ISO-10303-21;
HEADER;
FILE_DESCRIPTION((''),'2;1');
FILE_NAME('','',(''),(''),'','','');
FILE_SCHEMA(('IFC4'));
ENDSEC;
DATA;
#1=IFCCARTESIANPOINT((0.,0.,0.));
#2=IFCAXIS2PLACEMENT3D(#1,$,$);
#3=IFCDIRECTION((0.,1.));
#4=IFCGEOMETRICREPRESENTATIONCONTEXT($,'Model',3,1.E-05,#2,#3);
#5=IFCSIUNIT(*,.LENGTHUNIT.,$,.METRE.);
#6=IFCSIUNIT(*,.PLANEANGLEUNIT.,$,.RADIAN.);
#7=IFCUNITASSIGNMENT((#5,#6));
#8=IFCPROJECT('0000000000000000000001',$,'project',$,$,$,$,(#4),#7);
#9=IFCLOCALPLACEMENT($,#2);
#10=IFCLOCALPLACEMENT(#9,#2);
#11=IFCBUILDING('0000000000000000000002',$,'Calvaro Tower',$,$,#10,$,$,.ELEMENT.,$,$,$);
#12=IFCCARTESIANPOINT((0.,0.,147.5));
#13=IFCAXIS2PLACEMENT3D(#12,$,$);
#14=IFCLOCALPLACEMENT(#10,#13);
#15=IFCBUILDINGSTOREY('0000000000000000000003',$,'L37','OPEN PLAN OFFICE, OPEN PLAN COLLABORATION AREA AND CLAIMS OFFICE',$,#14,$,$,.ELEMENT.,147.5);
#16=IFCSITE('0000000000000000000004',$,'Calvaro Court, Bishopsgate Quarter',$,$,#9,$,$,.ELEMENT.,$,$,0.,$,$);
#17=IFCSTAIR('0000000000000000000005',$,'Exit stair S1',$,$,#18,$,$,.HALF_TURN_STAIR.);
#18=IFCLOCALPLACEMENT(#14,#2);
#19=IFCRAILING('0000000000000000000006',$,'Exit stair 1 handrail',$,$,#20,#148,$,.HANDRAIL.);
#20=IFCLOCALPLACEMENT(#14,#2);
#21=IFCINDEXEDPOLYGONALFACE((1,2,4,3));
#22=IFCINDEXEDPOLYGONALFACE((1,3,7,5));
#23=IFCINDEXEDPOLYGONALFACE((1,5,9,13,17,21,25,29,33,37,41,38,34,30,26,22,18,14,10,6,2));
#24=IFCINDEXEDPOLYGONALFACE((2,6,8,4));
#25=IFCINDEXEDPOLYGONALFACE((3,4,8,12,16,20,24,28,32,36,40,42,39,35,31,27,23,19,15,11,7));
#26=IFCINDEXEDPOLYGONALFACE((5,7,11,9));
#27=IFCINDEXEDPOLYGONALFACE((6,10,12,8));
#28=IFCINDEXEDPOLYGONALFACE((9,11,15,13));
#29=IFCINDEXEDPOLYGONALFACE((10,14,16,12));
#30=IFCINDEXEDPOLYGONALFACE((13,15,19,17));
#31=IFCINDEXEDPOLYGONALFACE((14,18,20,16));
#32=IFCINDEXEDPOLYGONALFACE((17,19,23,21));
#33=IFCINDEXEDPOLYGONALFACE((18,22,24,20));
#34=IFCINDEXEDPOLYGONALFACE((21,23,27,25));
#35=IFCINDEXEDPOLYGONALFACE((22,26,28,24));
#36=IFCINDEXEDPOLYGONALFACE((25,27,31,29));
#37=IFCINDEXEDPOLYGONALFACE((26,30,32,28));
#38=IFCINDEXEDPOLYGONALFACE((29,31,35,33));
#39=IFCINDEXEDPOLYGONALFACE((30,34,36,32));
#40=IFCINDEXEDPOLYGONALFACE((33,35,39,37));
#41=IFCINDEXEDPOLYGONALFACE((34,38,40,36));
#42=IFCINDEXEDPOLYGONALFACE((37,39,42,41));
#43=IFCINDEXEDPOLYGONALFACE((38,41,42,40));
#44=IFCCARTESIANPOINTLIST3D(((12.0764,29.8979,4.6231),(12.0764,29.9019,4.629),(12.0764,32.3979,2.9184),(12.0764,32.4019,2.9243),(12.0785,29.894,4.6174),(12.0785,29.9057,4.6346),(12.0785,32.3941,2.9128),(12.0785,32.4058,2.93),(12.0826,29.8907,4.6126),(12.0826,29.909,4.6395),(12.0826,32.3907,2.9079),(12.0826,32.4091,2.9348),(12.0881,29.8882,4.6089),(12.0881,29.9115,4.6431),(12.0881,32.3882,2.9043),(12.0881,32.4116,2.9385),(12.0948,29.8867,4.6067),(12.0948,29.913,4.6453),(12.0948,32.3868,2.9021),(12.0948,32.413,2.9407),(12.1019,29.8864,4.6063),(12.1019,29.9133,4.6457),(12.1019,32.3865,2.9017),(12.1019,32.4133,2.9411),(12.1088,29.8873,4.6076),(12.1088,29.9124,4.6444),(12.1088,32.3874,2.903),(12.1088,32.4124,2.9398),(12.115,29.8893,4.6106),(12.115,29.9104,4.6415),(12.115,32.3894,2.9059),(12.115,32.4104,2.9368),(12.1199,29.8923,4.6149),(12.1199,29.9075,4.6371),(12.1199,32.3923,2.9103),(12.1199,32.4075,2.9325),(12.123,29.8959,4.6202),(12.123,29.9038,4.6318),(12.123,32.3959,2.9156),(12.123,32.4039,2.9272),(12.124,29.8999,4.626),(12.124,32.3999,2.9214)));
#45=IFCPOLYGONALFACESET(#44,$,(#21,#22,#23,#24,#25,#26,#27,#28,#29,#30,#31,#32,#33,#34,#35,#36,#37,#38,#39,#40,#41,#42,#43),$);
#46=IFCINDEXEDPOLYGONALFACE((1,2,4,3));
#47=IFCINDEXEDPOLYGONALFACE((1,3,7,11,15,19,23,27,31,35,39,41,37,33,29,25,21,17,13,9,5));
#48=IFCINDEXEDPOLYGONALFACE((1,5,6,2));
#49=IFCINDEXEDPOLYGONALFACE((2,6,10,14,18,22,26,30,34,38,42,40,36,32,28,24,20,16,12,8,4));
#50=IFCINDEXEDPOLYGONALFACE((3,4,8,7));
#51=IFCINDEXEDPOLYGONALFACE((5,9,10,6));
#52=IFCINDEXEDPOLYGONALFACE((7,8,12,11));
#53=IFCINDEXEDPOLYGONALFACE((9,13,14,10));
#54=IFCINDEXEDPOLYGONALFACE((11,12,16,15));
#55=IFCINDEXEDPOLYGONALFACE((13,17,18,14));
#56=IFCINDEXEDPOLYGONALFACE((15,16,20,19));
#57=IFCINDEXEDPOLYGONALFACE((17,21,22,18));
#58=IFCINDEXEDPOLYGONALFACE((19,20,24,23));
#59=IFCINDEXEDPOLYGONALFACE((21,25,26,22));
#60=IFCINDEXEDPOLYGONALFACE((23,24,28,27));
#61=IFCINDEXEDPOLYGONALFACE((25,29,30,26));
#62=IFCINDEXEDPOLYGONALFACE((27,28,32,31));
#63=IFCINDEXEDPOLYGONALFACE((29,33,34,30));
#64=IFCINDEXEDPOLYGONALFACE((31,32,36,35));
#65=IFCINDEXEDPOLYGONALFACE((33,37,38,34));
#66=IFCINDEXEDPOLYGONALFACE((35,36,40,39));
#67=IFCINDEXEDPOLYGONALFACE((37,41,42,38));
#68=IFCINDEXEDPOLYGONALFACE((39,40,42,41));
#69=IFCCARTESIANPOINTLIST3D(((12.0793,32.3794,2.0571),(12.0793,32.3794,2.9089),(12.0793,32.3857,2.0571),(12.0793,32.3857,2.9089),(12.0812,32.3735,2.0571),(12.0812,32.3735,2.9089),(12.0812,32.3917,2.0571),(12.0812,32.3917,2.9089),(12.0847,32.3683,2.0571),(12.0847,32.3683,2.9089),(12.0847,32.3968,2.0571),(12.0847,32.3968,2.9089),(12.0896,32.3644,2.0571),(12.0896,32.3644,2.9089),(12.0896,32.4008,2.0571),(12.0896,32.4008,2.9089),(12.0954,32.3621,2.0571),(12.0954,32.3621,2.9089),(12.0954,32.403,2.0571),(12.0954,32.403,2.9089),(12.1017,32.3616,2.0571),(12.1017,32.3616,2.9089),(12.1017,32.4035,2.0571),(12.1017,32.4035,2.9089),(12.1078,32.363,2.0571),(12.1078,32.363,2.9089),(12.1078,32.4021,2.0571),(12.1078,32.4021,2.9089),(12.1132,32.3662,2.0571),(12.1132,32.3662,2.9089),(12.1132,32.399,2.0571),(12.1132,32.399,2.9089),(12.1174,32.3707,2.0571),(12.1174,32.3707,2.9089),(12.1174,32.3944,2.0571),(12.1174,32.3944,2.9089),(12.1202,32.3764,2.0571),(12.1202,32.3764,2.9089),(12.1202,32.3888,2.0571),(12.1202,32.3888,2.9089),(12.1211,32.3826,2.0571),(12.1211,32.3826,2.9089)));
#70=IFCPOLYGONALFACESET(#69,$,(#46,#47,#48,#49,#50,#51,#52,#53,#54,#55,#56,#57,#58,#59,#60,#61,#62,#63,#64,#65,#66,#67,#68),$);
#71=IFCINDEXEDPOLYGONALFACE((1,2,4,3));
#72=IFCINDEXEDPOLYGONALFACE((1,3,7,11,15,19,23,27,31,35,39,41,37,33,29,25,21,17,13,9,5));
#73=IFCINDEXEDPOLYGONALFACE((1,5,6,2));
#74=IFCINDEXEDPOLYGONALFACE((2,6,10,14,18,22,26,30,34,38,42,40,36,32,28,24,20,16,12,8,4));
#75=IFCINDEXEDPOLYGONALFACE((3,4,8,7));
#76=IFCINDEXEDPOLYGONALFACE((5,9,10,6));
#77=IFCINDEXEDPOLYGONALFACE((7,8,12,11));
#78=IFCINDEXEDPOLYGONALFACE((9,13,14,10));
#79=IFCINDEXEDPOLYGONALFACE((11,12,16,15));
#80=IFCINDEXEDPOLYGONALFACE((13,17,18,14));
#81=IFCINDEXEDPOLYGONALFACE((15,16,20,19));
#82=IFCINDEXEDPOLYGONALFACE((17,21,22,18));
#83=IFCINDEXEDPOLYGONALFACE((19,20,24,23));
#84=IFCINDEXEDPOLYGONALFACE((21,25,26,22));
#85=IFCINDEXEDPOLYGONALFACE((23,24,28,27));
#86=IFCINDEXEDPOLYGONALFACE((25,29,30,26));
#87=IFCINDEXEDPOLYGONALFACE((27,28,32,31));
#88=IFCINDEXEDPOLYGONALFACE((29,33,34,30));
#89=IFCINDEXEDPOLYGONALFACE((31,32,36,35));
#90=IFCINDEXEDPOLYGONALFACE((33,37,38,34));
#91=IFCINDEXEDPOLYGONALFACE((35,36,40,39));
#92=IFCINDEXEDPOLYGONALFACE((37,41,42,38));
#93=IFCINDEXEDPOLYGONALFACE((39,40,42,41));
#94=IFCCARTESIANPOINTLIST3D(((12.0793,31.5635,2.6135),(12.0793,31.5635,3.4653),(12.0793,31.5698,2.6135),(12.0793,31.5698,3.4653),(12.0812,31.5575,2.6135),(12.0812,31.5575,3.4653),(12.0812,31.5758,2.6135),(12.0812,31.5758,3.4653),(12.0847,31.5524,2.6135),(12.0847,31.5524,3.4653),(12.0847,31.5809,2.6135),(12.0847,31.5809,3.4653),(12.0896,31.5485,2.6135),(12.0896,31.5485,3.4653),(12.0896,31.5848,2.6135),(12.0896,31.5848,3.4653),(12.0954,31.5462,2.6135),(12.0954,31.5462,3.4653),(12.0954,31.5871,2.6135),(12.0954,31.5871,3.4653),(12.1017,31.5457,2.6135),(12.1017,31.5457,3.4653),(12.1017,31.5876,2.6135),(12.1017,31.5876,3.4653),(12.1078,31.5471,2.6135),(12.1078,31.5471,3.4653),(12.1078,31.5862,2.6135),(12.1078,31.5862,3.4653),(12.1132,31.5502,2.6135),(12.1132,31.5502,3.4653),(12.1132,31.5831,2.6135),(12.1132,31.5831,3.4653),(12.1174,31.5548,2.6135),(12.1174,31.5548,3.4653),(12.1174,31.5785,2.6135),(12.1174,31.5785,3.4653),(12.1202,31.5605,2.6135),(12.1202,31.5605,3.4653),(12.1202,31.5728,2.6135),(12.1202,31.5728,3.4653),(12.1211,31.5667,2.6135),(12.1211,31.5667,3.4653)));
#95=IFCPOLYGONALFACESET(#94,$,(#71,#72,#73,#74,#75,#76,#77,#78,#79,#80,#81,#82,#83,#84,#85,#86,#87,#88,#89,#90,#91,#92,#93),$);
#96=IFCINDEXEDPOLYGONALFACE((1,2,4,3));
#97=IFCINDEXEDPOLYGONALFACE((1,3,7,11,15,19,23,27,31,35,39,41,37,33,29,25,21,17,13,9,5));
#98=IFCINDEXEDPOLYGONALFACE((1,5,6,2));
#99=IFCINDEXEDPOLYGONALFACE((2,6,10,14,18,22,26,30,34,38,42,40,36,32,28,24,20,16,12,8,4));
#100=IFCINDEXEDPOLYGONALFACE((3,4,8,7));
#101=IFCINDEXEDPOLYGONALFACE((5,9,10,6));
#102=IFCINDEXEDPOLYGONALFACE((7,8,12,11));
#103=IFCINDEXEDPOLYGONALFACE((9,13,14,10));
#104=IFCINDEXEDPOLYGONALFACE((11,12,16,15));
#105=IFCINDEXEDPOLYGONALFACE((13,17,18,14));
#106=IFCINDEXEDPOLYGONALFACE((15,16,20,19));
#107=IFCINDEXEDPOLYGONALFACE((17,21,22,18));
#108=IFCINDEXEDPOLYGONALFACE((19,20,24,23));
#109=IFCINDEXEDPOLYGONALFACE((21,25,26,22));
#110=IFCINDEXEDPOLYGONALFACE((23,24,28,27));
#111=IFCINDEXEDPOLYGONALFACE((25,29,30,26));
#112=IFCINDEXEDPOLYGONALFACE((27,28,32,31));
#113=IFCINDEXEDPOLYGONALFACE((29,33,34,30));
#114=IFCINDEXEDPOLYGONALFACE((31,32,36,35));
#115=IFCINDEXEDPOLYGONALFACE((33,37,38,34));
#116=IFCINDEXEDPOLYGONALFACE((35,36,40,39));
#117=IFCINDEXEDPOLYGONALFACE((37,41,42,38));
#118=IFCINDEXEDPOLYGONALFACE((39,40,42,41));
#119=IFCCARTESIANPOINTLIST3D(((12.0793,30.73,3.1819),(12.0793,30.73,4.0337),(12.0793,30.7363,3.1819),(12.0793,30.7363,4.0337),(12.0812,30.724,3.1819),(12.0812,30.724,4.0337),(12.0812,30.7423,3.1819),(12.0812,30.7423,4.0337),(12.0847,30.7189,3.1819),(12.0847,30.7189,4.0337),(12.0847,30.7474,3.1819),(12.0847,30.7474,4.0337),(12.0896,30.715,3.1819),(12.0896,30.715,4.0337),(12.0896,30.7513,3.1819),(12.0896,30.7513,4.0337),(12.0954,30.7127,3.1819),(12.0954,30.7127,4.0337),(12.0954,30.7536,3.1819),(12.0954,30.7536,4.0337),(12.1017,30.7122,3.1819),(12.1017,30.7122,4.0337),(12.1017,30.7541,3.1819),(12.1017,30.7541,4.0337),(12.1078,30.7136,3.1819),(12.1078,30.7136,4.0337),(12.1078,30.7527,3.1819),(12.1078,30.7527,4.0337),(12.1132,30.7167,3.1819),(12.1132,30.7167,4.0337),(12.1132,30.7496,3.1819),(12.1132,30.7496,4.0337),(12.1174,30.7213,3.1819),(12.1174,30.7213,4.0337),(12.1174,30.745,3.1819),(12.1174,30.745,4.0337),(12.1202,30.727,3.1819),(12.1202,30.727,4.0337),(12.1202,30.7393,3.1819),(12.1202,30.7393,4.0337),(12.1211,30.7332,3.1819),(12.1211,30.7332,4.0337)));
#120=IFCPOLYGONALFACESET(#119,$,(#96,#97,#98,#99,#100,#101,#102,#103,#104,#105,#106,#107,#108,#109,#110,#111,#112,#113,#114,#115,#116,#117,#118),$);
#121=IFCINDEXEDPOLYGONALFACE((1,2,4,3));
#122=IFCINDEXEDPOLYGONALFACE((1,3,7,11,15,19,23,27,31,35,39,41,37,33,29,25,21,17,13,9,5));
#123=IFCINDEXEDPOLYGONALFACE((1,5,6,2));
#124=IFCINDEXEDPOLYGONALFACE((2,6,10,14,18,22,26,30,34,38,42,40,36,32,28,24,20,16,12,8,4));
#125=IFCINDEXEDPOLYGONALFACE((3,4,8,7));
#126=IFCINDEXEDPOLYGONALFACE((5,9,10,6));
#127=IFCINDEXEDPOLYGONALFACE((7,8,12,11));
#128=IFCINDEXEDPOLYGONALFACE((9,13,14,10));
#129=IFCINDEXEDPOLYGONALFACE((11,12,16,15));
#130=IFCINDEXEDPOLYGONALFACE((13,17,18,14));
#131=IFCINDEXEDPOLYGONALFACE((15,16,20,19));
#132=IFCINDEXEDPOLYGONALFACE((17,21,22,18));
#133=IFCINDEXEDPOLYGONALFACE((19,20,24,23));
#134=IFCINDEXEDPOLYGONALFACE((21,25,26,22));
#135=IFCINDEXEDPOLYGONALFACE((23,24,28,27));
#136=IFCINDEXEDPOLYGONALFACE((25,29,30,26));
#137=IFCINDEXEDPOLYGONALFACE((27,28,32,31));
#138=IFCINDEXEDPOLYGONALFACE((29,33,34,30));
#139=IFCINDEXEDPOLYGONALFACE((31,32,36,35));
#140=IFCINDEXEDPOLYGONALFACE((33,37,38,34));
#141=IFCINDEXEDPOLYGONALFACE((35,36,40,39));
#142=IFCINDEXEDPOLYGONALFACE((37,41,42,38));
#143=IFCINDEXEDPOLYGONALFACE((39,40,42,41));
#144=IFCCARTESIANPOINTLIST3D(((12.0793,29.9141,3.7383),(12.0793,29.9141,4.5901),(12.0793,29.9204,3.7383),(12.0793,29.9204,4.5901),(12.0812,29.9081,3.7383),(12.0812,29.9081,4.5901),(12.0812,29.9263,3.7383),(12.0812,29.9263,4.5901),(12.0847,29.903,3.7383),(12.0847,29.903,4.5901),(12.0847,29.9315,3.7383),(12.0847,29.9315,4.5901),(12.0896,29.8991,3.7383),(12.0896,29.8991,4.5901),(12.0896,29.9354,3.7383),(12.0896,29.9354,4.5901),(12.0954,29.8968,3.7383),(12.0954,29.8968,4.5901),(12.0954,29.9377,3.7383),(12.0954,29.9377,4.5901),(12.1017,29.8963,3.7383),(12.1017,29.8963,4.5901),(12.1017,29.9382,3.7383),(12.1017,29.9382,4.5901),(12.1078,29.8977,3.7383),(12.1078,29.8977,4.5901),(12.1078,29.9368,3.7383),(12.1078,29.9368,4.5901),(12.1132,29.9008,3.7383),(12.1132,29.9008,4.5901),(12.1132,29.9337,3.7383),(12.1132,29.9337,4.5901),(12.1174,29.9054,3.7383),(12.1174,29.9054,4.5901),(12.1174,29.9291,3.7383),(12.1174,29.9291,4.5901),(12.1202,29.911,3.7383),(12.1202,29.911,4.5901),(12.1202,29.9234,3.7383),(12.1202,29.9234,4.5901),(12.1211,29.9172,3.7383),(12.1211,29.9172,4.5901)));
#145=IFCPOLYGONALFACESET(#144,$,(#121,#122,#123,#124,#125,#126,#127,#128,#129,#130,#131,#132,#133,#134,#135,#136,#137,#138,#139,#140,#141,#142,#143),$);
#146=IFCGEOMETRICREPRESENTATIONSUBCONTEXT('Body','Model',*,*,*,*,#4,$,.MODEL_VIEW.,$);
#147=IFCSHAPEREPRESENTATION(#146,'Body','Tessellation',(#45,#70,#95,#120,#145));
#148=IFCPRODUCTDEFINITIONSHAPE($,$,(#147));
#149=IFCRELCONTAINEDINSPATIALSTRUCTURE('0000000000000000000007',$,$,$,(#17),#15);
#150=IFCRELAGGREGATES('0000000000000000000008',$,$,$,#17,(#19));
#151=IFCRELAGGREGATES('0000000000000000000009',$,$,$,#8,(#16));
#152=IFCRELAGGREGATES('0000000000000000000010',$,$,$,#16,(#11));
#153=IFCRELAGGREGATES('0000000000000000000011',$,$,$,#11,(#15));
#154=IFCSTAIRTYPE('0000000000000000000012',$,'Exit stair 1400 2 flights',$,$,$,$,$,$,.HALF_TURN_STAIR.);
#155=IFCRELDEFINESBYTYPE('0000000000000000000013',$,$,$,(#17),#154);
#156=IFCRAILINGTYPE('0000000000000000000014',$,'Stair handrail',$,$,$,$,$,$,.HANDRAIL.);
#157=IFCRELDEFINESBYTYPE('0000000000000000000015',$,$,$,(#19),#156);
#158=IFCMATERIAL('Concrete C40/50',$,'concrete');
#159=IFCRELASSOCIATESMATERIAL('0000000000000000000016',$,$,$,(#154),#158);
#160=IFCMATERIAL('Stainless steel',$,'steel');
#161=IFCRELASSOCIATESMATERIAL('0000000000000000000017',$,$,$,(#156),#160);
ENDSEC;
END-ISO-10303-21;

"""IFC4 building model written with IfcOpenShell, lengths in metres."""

from ifc_helpers import new_model, si_unit, direction, frame, origin, origin_2d, place, context, subcontext, project, spatial, circle, extrude, material, type_object, element, aggregate, save


model = new_model("IFC4")

# Units and contexts
model_context = context("Model", 3, precision=1e-05, world=origin(), true_north=direction((0.0, 1.0)))
body_context = subcontext(model_context, "Body", "Model", "MODEL_VIEW")
ifc_project = project(units=[si_unit("LENGTHUNIT", "METRE"), si_unit("PLANEANGLEUNIT", "RADIAN")], contexts=[model_context])

# Site, building, storey
site_placement = place(None, origin())
site = spatial("IfcSite", under=ifc_project, at=site_placement, Name="Calvaro Court, Bishopsgate Quarter", CompositionType="ELEMENT", RefElevation=0.0)
building_placement = place(site_placement, origin())
building = spatial("IfcBuilding", under=site, at=building_placement, Name="Calvaro Tower", CompositionType="ELEMENT")
storey_placement = place(building_placement, frame((0.0, 0.0, 147.5)))
storey = spatial("IfcBuildingStorey", under=building, at=storey_placement, Name="L37", Description="OPEN PLAN OFFICE, OPEN PLAN COLLABORATION AREA AND CLAIMS OFFICE", CompositionType="ELEMENT", Elevation=147.5)

# Stair, railing
ifc_material_1 = material(Name="Concrete C40/50", Category="concrete")
stair_type = type_object("IfcStairType", Name="Exit stair 1400 2 flights", PredefinedType="HALF_TURN_STAIR", material=ifc_material_1)
stair_placement = place(storey_placement, origin())
stair = element("IfcStair", 1, at=stair_placement, inside=storey, type_object=stair_type, Name="Exit stair S1", PredefinedType="HALF_TURN_STAIR")
ifc_material_2 = material(Name="Stainless steel", Category="steel")
railing_type = type_object("IfcRailingType", Name="Stair handrail", PredefinedType="HANDRAIL", material=ifc_material_2)
railing_1_placement = place(storey_placement, frame((12.1001, 32.3999, 2.0454)))
railing_1 = element("IfcRailing", 2, at=railing_1_placement, type_object=railing_type, Name="Exit stair 1 handrail", PredefinedType="HANDRAIL", context=body_context, shape_type="SweptSolid", body=[
    extrude(circle(Radius=0.0239, at=origin_2d()), frame((0.0, 0.0, 0.876), z_axis=(0.0, -0.826221, 0.563347), x_axis=(1.0, 0.0, 0.0)), (0.0, 0.0, 1.0), 3.0259),
    extrude(circle(Radius=0.021, at=origin_2d()), frame((0.0, -0.0173, 0.0117)), (0.0, 0.0, 1.0), 0.8518),
    extrude(circle(Radius=0.021, at=origin_2d()), frame((0.0, -0.8333, 0.5681)), (0.0, 0.0, 1.0), 0.8518),
    extrude(circle(Radius=0.021, at=origin_2d()), frame((0.0, -1.6667, 1.1365)), (0.0, 0.0, 1.0), 0.8518),
    extrude(circle(Radius=0.021, at=origin_2d()), frame((0.0, -2.4827, 1.6929)), (0.0, 0.0, 1.0), 0.8518),
])
aggregate(stair, [railing_1])

save(model, "model.ifc")
